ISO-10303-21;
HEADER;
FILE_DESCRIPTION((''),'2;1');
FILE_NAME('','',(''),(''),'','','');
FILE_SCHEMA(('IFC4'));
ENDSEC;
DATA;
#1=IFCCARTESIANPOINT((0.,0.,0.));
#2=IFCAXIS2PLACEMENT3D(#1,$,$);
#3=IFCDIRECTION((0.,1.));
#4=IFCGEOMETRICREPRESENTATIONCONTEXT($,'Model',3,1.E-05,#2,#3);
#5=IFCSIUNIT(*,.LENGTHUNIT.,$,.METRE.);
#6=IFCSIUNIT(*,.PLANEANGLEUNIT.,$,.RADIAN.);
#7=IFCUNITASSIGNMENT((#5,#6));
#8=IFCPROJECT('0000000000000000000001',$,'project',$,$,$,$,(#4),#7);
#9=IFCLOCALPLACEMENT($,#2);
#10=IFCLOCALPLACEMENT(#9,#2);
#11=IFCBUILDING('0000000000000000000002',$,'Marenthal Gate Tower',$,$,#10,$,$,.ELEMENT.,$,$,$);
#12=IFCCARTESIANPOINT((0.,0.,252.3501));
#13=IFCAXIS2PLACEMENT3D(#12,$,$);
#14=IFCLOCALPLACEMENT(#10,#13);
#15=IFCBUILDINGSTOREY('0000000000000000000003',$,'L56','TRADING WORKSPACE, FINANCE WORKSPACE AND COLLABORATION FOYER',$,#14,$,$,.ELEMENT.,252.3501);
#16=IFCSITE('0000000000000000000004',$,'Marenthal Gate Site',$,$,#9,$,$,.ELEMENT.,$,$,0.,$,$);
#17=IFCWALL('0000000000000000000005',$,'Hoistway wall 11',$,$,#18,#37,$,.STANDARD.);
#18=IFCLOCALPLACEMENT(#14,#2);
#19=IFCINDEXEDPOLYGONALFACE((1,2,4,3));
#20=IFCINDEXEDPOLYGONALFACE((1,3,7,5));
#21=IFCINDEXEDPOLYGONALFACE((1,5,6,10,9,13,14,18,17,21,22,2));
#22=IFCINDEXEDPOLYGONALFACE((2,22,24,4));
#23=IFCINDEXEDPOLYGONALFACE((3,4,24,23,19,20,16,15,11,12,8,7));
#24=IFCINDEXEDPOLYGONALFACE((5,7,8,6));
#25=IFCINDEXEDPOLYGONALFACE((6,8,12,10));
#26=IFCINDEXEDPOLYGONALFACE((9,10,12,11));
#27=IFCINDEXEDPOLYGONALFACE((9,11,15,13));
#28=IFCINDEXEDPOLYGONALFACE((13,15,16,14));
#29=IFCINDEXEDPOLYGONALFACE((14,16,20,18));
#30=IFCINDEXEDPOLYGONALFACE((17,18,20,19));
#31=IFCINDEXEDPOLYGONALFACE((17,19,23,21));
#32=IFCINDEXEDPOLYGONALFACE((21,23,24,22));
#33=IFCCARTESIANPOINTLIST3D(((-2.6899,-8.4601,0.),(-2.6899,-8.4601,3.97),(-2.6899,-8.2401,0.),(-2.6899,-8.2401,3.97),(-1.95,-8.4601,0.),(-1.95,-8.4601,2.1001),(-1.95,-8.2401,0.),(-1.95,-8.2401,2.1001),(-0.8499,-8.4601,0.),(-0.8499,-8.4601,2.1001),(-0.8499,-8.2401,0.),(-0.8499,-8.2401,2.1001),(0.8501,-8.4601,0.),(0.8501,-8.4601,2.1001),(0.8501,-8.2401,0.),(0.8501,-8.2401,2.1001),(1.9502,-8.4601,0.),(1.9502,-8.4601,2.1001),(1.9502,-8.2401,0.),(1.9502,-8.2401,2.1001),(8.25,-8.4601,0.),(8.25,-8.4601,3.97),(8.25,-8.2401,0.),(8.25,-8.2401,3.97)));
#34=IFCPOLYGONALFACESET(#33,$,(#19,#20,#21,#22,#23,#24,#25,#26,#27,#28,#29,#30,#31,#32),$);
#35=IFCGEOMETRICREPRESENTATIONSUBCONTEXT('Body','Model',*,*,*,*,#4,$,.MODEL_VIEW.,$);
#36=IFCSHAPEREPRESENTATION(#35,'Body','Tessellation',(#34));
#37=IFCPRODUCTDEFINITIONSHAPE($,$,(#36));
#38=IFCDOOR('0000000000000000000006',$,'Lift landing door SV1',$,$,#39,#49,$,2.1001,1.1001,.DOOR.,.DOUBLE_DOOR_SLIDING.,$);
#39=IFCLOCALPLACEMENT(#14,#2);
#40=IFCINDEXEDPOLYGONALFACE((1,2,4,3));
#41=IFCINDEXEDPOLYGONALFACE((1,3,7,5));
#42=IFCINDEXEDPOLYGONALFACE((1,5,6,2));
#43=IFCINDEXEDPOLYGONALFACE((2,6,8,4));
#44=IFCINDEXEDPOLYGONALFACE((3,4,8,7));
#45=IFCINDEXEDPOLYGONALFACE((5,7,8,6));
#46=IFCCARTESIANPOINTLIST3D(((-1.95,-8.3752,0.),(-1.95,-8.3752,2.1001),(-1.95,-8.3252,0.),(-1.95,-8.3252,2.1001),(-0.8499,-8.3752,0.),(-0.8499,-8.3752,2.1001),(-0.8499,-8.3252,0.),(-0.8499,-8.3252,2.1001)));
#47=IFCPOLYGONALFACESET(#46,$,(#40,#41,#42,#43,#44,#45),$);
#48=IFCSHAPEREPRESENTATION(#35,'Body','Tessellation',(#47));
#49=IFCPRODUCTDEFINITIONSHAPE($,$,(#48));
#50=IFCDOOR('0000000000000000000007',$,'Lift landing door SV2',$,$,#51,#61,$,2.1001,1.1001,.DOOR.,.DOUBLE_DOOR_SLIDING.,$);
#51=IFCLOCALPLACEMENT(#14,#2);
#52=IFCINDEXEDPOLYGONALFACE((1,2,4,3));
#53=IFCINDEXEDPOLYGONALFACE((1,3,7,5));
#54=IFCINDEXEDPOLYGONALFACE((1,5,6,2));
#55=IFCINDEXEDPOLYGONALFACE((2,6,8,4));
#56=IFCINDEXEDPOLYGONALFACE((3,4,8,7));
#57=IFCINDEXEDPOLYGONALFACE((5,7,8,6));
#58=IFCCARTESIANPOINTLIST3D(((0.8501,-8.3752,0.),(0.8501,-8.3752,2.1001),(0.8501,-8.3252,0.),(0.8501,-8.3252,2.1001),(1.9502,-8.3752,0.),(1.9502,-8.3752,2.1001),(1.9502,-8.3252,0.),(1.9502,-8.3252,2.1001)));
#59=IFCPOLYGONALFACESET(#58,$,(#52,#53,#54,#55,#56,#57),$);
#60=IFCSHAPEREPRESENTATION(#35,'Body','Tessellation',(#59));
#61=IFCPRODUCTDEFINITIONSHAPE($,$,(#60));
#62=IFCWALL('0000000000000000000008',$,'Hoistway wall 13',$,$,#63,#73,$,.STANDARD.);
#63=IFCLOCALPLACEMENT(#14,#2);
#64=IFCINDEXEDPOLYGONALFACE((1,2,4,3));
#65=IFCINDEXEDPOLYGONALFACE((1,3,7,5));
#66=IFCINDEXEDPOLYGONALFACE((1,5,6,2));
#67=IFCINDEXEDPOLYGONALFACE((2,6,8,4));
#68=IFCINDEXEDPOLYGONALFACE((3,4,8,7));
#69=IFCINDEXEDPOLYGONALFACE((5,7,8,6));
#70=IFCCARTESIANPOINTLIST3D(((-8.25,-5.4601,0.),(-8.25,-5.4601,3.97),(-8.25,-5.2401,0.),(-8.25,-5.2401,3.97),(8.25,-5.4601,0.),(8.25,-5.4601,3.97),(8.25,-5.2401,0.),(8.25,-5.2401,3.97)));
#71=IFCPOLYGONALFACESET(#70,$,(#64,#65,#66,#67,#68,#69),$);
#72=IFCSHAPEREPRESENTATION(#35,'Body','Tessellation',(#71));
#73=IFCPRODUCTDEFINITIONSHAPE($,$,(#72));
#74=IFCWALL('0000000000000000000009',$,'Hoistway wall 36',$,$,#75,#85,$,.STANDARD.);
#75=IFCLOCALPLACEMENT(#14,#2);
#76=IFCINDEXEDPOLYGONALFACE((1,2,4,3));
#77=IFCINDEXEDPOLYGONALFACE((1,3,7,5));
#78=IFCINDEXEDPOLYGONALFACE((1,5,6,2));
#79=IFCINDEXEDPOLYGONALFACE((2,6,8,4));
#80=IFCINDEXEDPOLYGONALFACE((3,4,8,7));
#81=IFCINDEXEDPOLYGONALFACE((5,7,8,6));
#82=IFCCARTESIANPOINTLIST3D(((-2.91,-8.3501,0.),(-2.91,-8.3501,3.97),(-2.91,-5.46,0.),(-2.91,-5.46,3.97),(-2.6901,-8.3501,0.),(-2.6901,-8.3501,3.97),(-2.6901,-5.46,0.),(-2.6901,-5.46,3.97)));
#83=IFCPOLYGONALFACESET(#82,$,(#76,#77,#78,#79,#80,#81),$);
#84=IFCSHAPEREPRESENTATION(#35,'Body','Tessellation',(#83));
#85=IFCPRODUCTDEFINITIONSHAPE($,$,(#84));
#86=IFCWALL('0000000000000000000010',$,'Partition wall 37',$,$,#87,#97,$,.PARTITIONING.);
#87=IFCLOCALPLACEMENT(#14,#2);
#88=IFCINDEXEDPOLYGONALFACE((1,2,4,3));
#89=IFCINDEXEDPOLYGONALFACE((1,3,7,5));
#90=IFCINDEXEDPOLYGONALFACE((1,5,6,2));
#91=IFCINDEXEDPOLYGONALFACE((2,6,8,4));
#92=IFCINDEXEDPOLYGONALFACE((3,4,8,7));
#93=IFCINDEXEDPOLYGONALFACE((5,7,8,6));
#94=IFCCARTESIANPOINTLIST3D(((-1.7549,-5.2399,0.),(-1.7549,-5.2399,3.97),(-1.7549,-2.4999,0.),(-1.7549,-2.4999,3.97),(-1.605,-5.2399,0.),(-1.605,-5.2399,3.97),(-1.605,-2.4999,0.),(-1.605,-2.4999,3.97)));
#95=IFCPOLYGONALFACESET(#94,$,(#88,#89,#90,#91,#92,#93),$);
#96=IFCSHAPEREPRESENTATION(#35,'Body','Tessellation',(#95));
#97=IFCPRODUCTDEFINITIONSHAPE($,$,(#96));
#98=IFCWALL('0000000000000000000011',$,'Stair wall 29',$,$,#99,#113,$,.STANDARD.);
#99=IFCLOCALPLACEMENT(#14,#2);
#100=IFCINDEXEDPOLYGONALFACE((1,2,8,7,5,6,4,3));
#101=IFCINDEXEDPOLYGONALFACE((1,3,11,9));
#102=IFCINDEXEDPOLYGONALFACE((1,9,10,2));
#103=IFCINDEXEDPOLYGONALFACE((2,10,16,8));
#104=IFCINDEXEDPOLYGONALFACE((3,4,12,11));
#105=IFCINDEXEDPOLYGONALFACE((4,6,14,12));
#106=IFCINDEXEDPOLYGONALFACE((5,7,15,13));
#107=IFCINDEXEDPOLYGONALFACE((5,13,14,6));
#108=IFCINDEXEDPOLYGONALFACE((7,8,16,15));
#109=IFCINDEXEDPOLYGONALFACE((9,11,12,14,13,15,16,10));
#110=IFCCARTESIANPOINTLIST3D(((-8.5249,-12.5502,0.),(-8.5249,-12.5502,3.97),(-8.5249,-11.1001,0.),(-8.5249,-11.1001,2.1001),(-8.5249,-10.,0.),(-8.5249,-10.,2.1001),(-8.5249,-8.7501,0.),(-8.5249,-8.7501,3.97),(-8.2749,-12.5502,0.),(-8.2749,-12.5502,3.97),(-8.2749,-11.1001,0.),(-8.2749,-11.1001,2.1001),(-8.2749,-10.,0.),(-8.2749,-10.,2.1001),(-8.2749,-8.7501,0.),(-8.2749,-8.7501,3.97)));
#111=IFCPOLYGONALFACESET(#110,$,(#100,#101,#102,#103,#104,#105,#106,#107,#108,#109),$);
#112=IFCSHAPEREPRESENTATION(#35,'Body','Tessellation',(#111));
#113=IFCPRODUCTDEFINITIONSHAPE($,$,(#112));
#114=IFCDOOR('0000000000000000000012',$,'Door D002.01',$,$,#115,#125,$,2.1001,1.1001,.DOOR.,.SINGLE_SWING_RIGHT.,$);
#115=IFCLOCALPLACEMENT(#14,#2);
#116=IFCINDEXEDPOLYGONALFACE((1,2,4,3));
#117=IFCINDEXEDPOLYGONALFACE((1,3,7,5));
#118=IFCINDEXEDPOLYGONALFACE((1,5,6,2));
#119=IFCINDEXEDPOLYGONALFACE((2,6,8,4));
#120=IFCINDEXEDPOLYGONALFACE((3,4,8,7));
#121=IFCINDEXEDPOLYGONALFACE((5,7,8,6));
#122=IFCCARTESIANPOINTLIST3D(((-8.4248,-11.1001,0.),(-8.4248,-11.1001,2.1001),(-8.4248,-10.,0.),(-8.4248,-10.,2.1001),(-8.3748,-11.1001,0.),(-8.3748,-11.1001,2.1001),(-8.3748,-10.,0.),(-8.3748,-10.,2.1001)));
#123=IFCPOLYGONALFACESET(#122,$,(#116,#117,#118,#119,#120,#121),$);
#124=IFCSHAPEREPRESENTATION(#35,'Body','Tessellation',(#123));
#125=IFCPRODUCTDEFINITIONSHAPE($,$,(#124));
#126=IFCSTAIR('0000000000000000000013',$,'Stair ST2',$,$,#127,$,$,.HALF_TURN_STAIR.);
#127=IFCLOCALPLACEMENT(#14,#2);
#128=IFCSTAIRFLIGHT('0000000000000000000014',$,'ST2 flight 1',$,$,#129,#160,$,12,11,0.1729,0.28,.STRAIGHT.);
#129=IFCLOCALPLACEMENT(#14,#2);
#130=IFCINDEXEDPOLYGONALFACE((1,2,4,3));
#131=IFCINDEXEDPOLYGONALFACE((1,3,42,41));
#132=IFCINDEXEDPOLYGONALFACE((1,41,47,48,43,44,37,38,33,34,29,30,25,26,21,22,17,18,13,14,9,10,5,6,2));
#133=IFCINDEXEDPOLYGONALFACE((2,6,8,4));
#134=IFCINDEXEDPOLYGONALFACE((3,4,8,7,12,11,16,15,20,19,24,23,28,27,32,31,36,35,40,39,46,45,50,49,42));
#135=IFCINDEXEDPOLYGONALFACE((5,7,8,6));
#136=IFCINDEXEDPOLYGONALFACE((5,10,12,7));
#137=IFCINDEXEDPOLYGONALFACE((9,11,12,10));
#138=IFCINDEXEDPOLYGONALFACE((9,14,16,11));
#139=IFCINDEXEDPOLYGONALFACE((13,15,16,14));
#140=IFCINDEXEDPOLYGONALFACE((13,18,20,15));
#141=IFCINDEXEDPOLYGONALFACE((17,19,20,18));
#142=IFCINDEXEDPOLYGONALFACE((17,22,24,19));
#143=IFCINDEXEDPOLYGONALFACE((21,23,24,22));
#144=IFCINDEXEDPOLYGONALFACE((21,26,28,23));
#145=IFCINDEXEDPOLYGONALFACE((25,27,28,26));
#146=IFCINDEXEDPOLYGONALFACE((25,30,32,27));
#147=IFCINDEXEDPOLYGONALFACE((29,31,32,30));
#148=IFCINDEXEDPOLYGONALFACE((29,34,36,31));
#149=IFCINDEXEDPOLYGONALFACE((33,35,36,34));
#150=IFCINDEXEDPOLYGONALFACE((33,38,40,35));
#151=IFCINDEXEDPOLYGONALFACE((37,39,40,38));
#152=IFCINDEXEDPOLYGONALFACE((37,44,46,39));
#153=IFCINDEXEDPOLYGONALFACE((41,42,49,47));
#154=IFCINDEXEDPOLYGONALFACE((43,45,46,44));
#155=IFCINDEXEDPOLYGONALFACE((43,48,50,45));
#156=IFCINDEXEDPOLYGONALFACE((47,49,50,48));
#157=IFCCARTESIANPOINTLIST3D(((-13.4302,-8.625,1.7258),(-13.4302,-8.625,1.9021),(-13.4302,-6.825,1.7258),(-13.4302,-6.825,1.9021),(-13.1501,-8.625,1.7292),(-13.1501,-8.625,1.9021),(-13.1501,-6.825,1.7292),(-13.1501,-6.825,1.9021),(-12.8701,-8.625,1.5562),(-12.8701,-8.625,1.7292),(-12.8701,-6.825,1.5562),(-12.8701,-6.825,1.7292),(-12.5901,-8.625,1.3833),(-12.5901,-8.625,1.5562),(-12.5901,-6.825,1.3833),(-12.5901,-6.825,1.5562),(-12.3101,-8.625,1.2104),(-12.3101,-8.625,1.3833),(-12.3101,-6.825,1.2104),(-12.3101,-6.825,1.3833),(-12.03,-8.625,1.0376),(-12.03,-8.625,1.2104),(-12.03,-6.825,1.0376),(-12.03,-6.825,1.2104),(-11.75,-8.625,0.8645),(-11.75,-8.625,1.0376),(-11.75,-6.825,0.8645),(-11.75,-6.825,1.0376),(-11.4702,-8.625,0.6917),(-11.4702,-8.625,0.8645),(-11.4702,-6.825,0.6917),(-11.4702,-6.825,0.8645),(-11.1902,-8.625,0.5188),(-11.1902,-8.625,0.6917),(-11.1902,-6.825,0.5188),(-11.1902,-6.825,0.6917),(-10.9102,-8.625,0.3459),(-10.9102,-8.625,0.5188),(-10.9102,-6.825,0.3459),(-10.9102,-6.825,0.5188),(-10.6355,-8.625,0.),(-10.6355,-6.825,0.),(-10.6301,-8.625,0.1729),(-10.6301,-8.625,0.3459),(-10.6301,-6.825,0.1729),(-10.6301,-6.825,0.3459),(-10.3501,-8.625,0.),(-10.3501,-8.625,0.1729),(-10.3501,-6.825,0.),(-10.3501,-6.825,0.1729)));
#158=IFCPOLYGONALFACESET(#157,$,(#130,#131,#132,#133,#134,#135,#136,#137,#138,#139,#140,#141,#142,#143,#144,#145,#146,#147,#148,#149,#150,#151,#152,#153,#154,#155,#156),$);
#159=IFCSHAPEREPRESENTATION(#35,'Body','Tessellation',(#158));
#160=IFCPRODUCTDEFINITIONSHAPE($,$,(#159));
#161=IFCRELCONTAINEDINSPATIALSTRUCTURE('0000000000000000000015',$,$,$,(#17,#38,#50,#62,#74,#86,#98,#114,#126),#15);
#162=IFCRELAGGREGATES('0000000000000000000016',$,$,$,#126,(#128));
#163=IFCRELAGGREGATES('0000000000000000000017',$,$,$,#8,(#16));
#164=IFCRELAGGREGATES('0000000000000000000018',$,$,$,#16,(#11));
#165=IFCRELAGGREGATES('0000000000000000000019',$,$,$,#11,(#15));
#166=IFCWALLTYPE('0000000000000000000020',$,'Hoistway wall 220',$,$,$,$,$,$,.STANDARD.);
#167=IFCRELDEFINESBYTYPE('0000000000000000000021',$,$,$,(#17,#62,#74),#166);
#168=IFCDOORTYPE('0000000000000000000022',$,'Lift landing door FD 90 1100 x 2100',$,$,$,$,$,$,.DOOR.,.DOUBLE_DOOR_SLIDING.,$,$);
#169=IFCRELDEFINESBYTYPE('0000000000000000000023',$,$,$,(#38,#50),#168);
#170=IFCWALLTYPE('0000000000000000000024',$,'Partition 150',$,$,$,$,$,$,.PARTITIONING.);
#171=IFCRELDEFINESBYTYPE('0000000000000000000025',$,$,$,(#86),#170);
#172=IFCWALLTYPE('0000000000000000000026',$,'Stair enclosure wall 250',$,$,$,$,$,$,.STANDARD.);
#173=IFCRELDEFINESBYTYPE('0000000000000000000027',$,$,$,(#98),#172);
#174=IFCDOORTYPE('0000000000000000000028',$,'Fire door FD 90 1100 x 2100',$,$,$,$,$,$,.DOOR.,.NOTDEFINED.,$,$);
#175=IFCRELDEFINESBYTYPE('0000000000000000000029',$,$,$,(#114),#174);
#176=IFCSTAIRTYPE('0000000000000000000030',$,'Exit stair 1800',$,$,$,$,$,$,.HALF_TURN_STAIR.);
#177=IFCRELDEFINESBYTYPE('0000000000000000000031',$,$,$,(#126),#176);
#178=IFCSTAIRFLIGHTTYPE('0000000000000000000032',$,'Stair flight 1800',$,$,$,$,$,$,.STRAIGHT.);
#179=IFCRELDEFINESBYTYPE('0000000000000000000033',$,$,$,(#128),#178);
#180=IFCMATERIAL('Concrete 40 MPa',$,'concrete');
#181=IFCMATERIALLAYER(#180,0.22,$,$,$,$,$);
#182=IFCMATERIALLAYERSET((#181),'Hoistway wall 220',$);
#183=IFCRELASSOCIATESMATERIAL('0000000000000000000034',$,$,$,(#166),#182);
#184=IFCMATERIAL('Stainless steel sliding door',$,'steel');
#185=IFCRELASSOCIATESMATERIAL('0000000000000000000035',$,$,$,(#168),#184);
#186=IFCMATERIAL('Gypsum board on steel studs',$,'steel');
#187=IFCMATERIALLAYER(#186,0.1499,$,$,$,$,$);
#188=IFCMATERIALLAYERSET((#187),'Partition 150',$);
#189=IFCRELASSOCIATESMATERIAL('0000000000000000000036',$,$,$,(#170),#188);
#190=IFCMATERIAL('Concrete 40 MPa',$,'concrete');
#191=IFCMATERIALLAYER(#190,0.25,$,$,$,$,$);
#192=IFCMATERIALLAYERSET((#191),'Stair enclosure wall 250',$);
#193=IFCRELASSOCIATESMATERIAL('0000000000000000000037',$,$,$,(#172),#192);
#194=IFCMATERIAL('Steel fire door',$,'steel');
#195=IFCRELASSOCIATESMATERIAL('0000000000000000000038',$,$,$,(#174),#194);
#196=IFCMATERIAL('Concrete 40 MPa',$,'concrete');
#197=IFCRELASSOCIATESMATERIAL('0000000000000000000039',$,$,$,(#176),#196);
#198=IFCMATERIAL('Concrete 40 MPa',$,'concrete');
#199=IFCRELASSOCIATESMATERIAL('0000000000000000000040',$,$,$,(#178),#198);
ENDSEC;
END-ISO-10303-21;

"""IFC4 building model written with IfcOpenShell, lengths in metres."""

from ifc_helpers import new_model, si_unit, direction, frame, frame_2d, origin, place, context, subcontext, project, spatial, polyline, rectangle, outline, extrude, material, layer, layer_set, type_object, element, fill, aggregate, save


model = new_model("IFC4")

# Units and contexts
model_context = context("Model", 3, precision=1e-05, world=origin(), true_north=direction((0.0, 1.0)))
body_context = subcontext(model_context, "Body", "Model", "MODEL_VIEW")
ifc_project = project(units=[si_unit("LENGTHUNIT", "METRE"), si_unit("PLANEANGLEUNIT", "RADIAN")], contexts=[model_context])

# Site, building, storey
site_placement = place(None, origin())
site = spatial("IfcSite", under=ifc_project, at=site_placement, Name="Marenthal Gate Site", CompositionType="ELEMENT", RefElevation=0.0)
building_placement = place(site_placement, origin())
building = spatial("IfcBuilding", under=site, at=building_placement, Name="Marenthal Gate Tower", CompositionType="ELEMENT")
storey_placement = place(building_placement, frame((0.0, 0.0, 252.3501)))
storey = spatial("IfcBuildingStorey", under=building, at=storey_placement, Name="L56", Description="TRADING WORKSPACE, FINANCE WORKSPACE AND COLLABORATION FOYER", CompositionType="ELEMENT", Elevation=252.3501)

# Wall, openings, doors
ifc_material_1 = material(Name="Concrete 40 MPa", Category="concrete")
ifc_layer_1 = layer(ifc_material_1, 0.22)
ifc_layer_set_1 = layer_set([ifc_layer_1], Name="Hoistway wall 220")
wall_type_1 = type_object("IfcWallType", Name="Hoistway wall 220", PredefinedType="STANDARD", material=ifc_layer_set_1)
ifc_material_2 = material(Name="Stainless steel sliding door", Category="steel")
door_type_1 = type_object("IfcDoorType", Name="Lift landing door FD 90 1100 x 2100", OperationType="DOUBLE_DOOR_SLIDING", PredefinedType="DOOR", material=ifc_material_2)
wall_1_placement = place(storey_placement, frame((-2.6899, -8.3501, 0.0), z_axis=(0.0, 0.0, 1.0), x_axis=(1.0, 0.0, 0.0)))
wall_1 = element("IfcWall", 1, at=wall_1_placement, inside=storey, type_object=wall_type_1, Name="Hoistway wall 11", PredefinedType="STANDARD", context=body_context, shape_type="SweptSolid", body=[
    extrude(rectangle(XDim=10.9399, YDim=0.22, at=frame_2d((5.47, 0.0))), origin(), (0.0, 0.0, 1.0), 3.97),
])
opening_1_placement = place(wall_1_placement, frame((0.74, 0.0, 0.0)))
opening_1 = element("IfcOpeningElement", 2, at=opening_1_placement, cuts=wall_1, PredefinedType="OPENING", context=body_context, shape_type="SweptSolid", body=[
    extrude(rectangle(XDim=1.1001, YDim=2.1001, at=frame_2d((0.55, 1.05))), frame((0.0, 0.1201, 0.0), z_axis=(0.0, -1.0, 0.0), x_axis=(1.0, 0.0, 0.0)), (0.0, 0.0, 1.0), 0.24),
])
opening_2_placement = place(wall_1_placement, frame((3.54, 0.0, 0.0)))
opening_2 = element("IfcOpeningElement", 3, at=opening_2_placement, cuts=wall_1, PredefinedType="OPENING", context=body_context, shape_type="SweptSolid", body=[
    extrude(rectangle(XDim=1.1001, YDim=2.1001, at=frame_2d((0.55, 1.05))), frame((0.0, 0.1201, 0.0), z_axis=(0.0, -1.0, 0.0), x_axis=(1.0, 0.0, 0.0)), (0.0, 0.0, 1.0), 0.24),
])
door_1_placement = place(opening_1_placement, origin())
door_1 = element("IfcDoor", 4, at=door_1_placement, inside=storey, type_object=door_type_1, Name="Lift landing door SV1", OperationType="DOUBLE_DOOR_SLIDING", OverallHeight=2.1001, OverallWidth=1.1001, PredefinedType="DOOR", context=body_context, shape_type="SweptSolid", body=[
    extrude(rectangle(XDim=1.1001, YDim=2.1001, at=frame_2d((0.55, 1.05))), frame((0.0, 0.0249, 0.0), z_axis=(0.0, -1.0, 0.0), x_axis=(1.0, 0.0, 0.0)), (0.0, 0.0, 1.0), 0.05),
])
fill(opening_1, door_1)
door_2_placement = place(opening_2_placement, origin())
door_2 = element("IfcDoor", 5, at=door_2_placement, inside=storey, type_object=door_type_1, Name="Lift landing door SV2", OperationType="DOUBLE_DOOR_SLIDING", OverallHeight=2.1001, OverallWidth=1.1001, PredefinedType="DOOR", context=body_context, shape_type="SweptSolid", body=[
    extrude(rectangle(XDim=1.1001, YDim=2.1001, at=frame_2d((0.55, 1.05))), frame((0.0, 0.0249, 0.0), z_axis=(0.0, -1.0, 0.0), x_axis=(1.0, 0.0, 0.0)), (0.0, 0.0, 1.0), 0.05),
])
fill(opening_2, door_2)

# Walls
wall_2_placement = place(storey_placement, frame((-8.25, -5.3501, 0.0), z_axis=(0.0, 0.0, 1.0), x_axis=(1.0, 0.0, 0.0)))
element("IfcWall", 6, at=wall_2_placement, inside=storey, type_object=wall_type_1, Name="Hoistway wall 13", PredefinedType="STANDARD", context=body_context, shape_type="SweptSolid", body=[
    extrude(rectangle(XDim=16.5, YDim=0.22, at=frame_2d((8.25, 0.0))), origin(), (0.0, 0.0, 1.0), 3.97),
])
wall_3_placement = place(storey_placement, frame((-2.8, -8.3501, 0.0), z_axis=(0.0, 0.0, 1.0), x_axis=(0.0, 1.0, 0.0)))
element("IfcWall", 7, at=wall_3_placement, inside=storey, type_object=wall_type_1, Name="Hoistway wall 36", PredefinedType="STANDARD", context=body_context, shape_type="SweptSolid", body=[
    extrude(rectangle(XDim=2.8901, YDim=0.22, at=frame_2d((1.4451, 0.0))), origin(), (0.0, 0.0, 1.0), 3.97),
])
ifc_material_3 = material(Name="Gypsum board on steel studs", Category="steel")
ifc_layer_2 = layer(ifc_material_3, 0.1499)
ifc_layer_set_2 = layer_set([ifc_layer_2], Name="Partition 150")
wall_type_2 = type_object("IfcWallType", Name="Partition 150", PredefinedType="PARTITIONING", material=ifc_layer_set_2)
wall_4_placement = place(storey_placement, frame((-1.6799, -5.24, 0.0), z_axis=(0.0, 0.0, 1.0), x_axis=(0.0, 1.0, 0.0)))
element("IfcWall", 8, at=wall_4_placement, inside=storey, type_object=wall_type_2, Name="Partition wall 37", PredefinedType="PARTITIONING", context=body_context, shape_type="SweptSolid", body=[
    extrude(rectangle(XDim=2.74, YDim=0.1499, at=frame_2d((1.3701, 0.0))), origin(), (0.0, 0.0, 1.0), 3.97),
])

# Wall, opening, door
ifc_material_4 = material(Name="Concrete 40 MPa", Category="concrete")
ifc_layer_3 = layer(ifc_material_4, 0.25)
ifc_layer_set_3 = layer_set([ifc_layer_3], Name="Stair enclosure wall 250")
wall_type_3 = type_object("IfcWallType", Name="Stair enclosure wall 250", PredefinedType="STANDARD", material=ifc_layer_set_3)
wall_5_placement = place(storey_placement, frame((-8.3999, -12.55, 0.0), z_axis=(0.0, 0.0, 1.0), x_axis=(0.0, 1.0, 0.0)))
wall_5 = element("IfcWall", 9, at=wall_5_placement, inside=storey, type_object=wall_type_3, Name="Stair wall 29", PredefinedType="STANDARD", context=body_context, shape_type="SweptSolid", body=[
    extrude(rectangle(XDim=3.8, YDim=0.25, at=frame_2d((1.8999, 0.0))), origin(), (0.0, 0.0, 1.0), 3.97),
])
opening_3_placement = place(wall_5_placement, frame((1.45, 0.0, 0.0)))
opening_3 = element("IfcOpeningElement", 10, at=opening_3_placement, cuts=wall_5, PredefinedType="OPENING", context=body_context, shape_type="SweptSolid", body=[
    extrude(rectangle(XDim=1.1001, YDim=2.1001, at=frame_2d((0.55, 1.05))), frame((0.0, 0.135, 0.0), z_axis=(0.0, -1.0, 0.0), x_axis=(1.0, 0.0, 0.0)), (0.0, 0.0, 1.0), 0.27),
])
ifc_material_5 = material(Name="Steel fire door", Category="steel")
door_type_2 = type_object("IfcDoorType", Name="Fire door FD 90 1100 x 2100", OperationType="NOTDEFINED", PredefinedType="DOOR", material=ifc_material_5)
door_3_placement = place(opening_3_placement, origin())
door_3 = element("IfcDoor", 11, at=door_3_placement, inside=storey, type_object=door_type_2, Name="Door D002.01", OperationType="SINGLE_SWING_RIGHT", OverallHeight=2.1001, OverallWidth=1.1001, PredefinedType="DOOR", context=body_context, shape_type="SweptSolid", body=[
    extrude(rectangle(XDim=1.1001, YDim=2.1001, at=frame_2d((0.55, 1.05))), frame((0.0, 0.0249, 0.0), z_axis=(0.0, -1.0, 0.0), x_axis=(1.0, 0.0, 0.0)), (0.0, 0.0, 1.0), 0.05),
])
fill(opening_3, door_3)

# Stair, stair flight
ifc_material_6 = material(Name="Concrete 40 MPa", Category="concrete")
stair_type = type_object("IfcStairType", Name="Exit stair 1800", PredefinedType="HALF_TURN_STAIR", material=ifc_material_6)
stair_placement = place(storey_placement, origin())
stair = element("IfcStair", 12, at=stair_placement, inside=storey, type_object=stair_type, Name="Stair ST2", PredefinedType="HALF_TURN_STAIR")
ifc_material_7 = material(Name="Concrete 40 MPa", Category="concrete")
stair_flight_type = type_object("IfcStairFlightType", Name="Stair flight 1800", PredefinedType="STRAIGHT", material=ifc_material_7)
stair_flight_1_placement = place(storey_placement, frame((-10.3501, -7.7251, 0.0), z_axis=(0.0, 0.0, 1.0), x_axis=(-1.0, 0.0, 0.0)))
stair_flight_1 = element("IfcStairFlight", 13, at=stair_flight_1_placement, type_object=stair_flight_type, Name="ST2 flight 1", NumberOfRisers=12, NumberOfTreads=11, PredefinedType="STRAIGHT", RiserHeight=0.1729, TreadLength=0.28, context=body_context, shape_type="SweptSolid", body=[
    extrude(outline(polyline([(0.0, 0.0), (0.0, 0.1729), (0.28, 0.1729), (0.28, 0.3459), (0.5601, 0.3459), (0.5601, 0.5188), (0.8401, 0.5188), (0.8401, 0.6917), (1.1201, 0.6917), (1.1201, 0.8645), (1.3999, 0.8645), (1.3999, 1.0376), (1.6799, 1.0376), (1.6799, 1.2104), (1.96, 1.2104), (1.96, 1.3833), (2.24, 1.3833), (2.24, 1.5562), (2.52, 1.5562), (2.52, 1.7292), (2.8, 1.7292), (2.8, 1.9021), (3.0801, 1.9021), (3.0801, 2.075), (3.0801, 1.7258), (0.2854, 0.0), (0.0, 0.0)])), frame((0.0, 0.8999, 0.0), z_axis=(0.0, -1.0, 0.0), x_axis=(1.0, 0.0, 0.0)), (0.0, 0.0, 1.0), 1.8),
])
aggregate(stair, [stair_flight_1])

save(model, "model.ifc")
